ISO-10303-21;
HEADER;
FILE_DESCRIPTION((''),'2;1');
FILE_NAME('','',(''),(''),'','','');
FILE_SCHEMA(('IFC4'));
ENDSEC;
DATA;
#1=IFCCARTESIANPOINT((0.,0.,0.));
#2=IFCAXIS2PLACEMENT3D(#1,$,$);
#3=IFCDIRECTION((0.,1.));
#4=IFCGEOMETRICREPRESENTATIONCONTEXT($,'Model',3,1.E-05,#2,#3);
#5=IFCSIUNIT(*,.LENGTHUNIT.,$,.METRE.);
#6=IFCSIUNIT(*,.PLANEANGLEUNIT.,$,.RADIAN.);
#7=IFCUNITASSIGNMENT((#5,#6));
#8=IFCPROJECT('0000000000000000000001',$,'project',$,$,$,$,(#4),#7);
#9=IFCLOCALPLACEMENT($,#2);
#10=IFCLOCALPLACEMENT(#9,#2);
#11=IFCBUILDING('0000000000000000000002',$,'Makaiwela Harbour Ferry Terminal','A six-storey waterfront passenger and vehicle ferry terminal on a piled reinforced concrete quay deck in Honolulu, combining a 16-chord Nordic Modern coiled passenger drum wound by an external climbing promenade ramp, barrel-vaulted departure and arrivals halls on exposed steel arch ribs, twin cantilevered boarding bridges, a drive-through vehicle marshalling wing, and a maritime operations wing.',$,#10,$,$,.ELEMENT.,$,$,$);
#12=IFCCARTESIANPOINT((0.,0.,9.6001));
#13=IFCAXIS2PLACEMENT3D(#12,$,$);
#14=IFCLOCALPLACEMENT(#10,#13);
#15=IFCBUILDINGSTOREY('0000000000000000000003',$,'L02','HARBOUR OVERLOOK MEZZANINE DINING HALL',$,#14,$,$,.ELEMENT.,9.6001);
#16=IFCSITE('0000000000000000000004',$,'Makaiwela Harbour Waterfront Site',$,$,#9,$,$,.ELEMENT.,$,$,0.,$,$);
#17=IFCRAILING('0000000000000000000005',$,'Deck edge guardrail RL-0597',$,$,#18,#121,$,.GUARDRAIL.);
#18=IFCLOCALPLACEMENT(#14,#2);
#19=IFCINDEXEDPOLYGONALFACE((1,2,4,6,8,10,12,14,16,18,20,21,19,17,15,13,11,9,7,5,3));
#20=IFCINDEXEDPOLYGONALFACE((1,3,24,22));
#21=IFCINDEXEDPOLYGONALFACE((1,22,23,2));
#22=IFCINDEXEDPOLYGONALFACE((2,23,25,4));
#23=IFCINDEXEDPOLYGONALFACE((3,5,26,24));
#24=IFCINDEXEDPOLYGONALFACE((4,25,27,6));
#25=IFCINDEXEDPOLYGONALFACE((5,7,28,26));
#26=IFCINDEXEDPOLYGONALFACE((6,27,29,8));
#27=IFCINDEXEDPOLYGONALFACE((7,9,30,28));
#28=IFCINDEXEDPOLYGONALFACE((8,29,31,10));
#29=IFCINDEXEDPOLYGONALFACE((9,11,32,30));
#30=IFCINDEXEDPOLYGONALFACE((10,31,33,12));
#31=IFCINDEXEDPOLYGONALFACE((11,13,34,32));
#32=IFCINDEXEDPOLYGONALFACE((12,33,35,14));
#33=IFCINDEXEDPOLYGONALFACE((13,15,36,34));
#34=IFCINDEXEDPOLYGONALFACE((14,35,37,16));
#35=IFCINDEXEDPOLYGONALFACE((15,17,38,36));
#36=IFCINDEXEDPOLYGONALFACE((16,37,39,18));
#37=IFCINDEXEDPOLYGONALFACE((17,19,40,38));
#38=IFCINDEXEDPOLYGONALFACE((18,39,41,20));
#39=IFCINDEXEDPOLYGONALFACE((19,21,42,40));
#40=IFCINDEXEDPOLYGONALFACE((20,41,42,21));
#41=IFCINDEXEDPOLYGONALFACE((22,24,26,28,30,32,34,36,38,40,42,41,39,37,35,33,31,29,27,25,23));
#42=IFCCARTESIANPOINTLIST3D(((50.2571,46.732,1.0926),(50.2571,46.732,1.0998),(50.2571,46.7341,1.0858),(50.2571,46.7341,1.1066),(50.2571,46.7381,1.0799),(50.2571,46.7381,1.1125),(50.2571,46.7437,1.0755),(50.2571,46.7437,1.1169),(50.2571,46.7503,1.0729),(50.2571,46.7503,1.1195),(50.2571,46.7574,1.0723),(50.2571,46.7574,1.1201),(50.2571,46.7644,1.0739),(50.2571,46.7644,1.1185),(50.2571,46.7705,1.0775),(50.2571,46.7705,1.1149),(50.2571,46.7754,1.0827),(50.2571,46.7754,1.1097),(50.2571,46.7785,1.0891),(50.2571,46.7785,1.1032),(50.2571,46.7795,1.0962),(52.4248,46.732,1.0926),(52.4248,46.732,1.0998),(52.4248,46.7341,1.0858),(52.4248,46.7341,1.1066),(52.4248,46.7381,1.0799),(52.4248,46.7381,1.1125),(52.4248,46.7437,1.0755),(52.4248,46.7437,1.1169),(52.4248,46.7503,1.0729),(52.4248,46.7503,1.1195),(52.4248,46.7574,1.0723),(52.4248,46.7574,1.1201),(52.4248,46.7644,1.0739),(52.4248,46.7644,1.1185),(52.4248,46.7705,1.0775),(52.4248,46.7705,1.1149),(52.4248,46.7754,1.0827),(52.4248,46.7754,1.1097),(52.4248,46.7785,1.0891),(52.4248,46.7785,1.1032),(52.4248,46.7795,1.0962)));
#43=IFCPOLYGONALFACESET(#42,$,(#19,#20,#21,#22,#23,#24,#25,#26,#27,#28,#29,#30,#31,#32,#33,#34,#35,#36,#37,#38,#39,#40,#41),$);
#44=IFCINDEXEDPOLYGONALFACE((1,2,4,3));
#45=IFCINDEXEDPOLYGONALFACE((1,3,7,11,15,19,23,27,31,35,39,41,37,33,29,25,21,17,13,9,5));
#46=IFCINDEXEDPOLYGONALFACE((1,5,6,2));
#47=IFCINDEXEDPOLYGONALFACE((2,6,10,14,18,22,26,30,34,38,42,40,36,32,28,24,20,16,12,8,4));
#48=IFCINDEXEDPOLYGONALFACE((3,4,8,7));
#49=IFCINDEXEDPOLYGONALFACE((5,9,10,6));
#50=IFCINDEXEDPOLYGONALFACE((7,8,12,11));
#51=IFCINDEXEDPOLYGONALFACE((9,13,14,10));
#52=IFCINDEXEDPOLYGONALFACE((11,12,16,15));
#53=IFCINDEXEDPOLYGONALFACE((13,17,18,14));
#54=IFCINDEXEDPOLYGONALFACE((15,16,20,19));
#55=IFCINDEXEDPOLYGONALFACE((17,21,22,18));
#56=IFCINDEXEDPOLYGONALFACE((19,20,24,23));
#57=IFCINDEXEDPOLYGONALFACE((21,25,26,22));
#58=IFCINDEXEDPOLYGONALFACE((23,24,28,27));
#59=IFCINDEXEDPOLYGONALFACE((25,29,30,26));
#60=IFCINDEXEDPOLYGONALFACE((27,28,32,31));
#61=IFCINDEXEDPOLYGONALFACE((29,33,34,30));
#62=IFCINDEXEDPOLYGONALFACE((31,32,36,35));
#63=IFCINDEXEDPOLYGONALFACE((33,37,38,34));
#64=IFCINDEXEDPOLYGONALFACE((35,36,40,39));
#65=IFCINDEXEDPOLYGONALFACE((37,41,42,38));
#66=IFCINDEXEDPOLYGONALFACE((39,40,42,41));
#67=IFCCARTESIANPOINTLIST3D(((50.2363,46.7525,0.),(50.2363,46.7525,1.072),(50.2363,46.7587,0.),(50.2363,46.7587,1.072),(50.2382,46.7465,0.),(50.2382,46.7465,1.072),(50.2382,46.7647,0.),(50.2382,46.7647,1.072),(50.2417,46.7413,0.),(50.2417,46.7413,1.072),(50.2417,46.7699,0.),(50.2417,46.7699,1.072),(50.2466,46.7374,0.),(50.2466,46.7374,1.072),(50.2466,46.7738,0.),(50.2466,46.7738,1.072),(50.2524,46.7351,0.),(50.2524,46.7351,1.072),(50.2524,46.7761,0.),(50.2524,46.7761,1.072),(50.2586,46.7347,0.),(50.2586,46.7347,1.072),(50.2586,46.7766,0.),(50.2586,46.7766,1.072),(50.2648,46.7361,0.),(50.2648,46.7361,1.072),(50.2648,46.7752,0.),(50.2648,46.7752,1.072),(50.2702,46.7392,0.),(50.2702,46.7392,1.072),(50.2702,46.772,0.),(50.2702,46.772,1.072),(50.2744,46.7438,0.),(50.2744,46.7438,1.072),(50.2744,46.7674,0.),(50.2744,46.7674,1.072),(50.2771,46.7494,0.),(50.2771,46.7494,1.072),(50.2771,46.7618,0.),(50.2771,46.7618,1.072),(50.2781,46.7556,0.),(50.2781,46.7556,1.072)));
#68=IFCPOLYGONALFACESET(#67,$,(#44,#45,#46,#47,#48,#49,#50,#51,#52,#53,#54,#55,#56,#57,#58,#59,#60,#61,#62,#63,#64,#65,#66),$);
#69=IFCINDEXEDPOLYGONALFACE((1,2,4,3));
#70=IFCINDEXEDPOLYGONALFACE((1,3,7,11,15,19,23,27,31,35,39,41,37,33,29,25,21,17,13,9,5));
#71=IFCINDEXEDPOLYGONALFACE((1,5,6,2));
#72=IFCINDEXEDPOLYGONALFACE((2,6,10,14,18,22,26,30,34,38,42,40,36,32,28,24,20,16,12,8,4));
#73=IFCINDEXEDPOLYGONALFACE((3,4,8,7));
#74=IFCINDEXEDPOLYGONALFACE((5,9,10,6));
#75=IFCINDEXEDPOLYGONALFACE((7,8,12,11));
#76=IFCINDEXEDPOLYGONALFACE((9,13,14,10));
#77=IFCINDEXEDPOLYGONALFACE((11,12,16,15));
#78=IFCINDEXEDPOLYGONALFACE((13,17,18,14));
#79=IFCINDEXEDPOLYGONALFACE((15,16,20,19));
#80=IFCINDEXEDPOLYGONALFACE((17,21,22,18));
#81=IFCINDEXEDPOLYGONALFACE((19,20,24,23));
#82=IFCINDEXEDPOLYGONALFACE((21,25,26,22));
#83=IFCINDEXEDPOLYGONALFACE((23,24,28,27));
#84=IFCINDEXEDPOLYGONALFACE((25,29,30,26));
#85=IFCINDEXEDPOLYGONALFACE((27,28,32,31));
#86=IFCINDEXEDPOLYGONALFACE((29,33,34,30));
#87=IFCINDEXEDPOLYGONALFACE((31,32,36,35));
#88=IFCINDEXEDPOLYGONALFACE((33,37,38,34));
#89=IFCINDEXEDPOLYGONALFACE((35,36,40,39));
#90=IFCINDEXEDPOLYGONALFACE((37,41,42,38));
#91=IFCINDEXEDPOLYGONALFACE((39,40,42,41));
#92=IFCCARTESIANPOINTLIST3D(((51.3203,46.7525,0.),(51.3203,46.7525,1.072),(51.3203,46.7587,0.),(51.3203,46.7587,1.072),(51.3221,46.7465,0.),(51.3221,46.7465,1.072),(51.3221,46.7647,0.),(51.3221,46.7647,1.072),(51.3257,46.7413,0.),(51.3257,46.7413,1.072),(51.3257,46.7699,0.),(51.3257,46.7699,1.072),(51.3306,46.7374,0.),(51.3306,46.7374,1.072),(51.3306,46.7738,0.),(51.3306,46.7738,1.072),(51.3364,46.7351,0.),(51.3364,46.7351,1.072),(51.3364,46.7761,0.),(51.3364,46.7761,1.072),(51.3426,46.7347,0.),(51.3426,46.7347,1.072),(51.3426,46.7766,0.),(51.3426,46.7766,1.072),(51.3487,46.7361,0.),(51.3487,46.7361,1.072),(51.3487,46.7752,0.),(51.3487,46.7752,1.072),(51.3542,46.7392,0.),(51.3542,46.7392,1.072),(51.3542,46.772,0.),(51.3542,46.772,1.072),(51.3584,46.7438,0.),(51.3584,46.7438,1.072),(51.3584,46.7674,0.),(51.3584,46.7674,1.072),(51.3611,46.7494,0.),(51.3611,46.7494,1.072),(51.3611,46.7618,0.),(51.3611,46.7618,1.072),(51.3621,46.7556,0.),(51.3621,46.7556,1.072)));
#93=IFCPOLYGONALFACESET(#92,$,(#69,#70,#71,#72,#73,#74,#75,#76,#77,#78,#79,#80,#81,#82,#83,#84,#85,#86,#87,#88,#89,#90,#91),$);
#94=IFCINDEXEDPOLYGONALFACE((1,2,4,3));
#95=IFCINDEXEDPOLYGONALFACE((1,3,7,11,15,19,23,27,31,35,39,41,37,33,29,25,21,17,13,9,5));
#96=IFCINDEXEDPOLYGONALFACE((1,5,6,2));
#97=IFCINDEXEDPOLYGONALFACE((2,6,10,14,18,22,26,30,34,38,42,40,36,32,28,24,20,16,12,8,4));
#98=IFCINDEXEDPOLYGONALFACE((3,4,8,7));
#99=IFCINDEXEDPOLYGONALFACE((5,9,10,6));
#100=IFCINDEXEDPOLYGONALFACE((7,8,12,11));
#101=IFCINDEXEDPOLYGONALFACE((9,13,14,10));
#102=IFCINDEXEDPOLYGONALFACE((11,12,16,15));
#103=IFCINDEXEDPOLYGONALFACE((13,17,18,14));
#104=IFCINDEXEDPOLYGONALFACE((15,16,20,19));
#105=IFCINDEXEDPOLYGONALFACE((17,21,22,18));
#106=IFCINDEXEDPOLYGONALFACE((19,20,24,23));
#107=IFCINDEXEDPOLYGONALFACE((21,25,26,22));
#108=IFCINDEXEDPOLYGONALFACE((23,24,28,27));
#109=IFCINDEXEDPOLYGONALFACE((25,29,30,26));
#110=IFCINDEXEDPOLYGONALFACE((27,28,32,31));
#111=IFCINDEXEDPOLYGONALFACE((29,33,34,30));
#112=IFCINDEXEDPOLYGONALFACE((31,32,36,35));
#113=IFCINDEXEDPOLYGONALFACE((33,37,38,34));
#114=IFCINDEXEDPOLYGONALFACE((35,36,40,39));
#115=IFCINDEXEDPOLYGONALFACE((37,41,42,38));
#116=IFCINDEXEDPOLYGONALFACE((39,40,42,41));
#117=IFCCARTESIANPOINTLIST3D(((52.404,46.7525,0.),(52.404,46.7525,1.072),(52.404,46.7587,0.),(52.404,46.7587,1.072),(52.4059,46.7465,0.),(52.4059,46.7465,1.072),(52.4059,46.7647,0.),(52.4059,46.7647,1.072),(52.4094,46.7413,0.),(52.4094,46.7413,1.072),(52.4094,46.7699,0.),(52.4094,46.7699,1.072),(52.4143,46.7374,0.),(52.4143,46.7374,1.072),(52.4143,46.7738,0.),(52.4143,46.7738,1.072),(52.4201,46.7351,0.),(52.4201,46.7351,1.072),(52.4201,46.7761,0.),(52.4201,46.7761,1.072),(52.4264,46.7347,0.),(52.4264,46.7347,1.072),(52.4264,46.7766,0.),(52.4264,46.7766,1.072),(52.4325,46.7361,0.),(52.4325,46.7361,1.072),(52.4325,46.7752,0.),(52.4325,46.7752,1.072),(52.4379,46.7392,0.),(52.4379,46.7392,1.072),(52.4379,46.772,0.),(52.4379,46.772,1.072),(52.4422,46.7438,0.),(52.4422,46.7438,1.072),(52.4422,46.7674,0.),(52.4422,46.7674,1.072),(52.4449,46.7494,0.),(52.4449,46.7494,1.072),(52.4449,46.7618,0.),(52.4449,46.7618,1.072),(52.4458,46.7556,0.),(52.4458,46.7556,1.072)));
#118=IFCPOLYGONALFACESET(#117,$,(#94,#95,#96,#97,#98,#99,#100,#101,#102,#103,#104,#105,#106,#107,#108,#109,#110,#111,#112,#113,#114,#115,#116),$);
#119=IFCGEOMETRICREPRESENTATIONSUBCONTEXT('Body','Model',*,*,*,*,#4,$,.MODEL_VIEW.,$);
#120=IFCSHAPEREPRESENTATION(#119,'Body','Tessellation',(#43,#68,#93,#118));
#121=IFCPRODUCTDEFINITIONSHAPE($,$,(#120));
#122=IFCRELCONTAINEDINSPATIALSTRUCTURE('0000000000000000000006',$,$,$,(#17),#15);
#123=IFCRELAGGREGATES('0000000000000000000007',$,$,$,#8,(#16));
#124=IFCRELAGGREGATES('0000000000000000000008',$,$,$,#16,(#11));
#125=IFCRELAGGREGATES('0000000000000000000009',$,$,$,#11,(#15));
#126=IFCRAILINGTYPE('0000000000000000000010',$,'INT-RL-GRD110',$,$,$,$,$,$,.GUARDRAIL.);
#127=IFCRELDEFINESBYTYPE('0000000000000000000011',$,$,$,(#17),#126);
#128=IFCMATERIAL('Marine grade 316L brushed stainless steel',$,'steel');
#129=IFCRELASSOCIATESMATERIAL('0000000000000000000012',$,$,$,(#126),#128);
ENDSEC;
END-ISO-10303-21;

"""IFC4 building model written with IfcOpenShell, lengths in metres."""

from ifc_helpers import new_model, si_unit, direction, frame, origin, origin_2d, place, context, subcontext, project, spatial, circle, extrude, material, type_object, element, save


model = new_model("IFC4")

# Units and contexts
model_context = context("Model", 3, precision=1e-05, world=origin(), true_north=direction((0.0, 1.0)))
body_context = subcontext(model_context, "Body", "Model", "MODEL_VIEW")
ifc_project = project(units=[si_unit("LENGTHUNIT", "METRE"), si_unit("PLANEANGLEUNIT", "RADIAN")], contexts=[model_context])

# Site, building, storey
site_placement = place(None, origin())
site = spatial("IfcSite", under=ifc_project, at=site_placement, Name="Makaiwela Harbour Waterfront Site", CompositionType="ELEMENT", RefElevation=0.0)
building_placement = place(site_placement, origin())
building = spatial("IfcBuilding", under=site, at=building_placement, Name="Makaiwela Harbour Ferry Terminal", Description="A six-storey waterfront passenger and vehicle ferry terminal on a piled reinforced concrete quay deck in Honolulu, combining a 16-chord Nordic Modern coiled passenger drum wound by an external climbing promenade ramp, barrel-vaulted departure and arrivals halls on exposed steel arch ribs, twin cantilevered boarding bridges, a drive-through vehicle marshalling wing, and a maritime operations wing.", CompositionType="ELEMENT")
storey_placement = place(building_placement, frame((0.0, 0.0, 9.6001)))
storey = spatial("IfcBuildingStorey", under=building, at=storey_placement, Name="L02", Description="HARBOUR OVERLOOK MEZZANINE DINING HALL", CompositionType="ELEMENT", Elevation=9.6001)

# Railing
ifc_material_1 = material(Name="Marine grade 316L brushed stainless steel", Category="steel")
railing_type = type_object("IfcRailingType", Name="INT-RL-GRD110", PredefinedType="GUARDRAIL", material=ifc_material_1)
railing_1_placement = place(storey_placement, frame((50.2571, 46.7556, 0.0)))
element("IfcRailing", 1, at=railing_1_placement, inside=storey, type_object=railing_type, Name="Deck edge guardrail RL-0597", PredefinedType="GUARDRAIL", context=body_context, shape_type="SweptSolid", body=[
    extrude(circle(Radius=0.0239, at=origin_2d()), frame((0.0, 0.0, 1.0962), z_axis=(1.0, 0.0, 0.0), x_axis=(0.0, 1.0, 0.0)), (0.0, 0.0, 1.0), 2.1677),
    extrude(circle(Radius=0.021, at=origin_2d()), origin(), (0.0, 0.0, 1.0), 1.072),
    extrude(circle(Radius=0.021, at=origin_2d()), frame((1.084, 0.0, 0.0)), (0.0, 0.0, 1.0), 1.072),
    extrude(circle(Radius=0.021, at=origin_2d()), frame((2.1677, 0.0, 0.0)), (0.0, 0.0, 1.0), 1.072),
])

save(model, "model.ifc")
